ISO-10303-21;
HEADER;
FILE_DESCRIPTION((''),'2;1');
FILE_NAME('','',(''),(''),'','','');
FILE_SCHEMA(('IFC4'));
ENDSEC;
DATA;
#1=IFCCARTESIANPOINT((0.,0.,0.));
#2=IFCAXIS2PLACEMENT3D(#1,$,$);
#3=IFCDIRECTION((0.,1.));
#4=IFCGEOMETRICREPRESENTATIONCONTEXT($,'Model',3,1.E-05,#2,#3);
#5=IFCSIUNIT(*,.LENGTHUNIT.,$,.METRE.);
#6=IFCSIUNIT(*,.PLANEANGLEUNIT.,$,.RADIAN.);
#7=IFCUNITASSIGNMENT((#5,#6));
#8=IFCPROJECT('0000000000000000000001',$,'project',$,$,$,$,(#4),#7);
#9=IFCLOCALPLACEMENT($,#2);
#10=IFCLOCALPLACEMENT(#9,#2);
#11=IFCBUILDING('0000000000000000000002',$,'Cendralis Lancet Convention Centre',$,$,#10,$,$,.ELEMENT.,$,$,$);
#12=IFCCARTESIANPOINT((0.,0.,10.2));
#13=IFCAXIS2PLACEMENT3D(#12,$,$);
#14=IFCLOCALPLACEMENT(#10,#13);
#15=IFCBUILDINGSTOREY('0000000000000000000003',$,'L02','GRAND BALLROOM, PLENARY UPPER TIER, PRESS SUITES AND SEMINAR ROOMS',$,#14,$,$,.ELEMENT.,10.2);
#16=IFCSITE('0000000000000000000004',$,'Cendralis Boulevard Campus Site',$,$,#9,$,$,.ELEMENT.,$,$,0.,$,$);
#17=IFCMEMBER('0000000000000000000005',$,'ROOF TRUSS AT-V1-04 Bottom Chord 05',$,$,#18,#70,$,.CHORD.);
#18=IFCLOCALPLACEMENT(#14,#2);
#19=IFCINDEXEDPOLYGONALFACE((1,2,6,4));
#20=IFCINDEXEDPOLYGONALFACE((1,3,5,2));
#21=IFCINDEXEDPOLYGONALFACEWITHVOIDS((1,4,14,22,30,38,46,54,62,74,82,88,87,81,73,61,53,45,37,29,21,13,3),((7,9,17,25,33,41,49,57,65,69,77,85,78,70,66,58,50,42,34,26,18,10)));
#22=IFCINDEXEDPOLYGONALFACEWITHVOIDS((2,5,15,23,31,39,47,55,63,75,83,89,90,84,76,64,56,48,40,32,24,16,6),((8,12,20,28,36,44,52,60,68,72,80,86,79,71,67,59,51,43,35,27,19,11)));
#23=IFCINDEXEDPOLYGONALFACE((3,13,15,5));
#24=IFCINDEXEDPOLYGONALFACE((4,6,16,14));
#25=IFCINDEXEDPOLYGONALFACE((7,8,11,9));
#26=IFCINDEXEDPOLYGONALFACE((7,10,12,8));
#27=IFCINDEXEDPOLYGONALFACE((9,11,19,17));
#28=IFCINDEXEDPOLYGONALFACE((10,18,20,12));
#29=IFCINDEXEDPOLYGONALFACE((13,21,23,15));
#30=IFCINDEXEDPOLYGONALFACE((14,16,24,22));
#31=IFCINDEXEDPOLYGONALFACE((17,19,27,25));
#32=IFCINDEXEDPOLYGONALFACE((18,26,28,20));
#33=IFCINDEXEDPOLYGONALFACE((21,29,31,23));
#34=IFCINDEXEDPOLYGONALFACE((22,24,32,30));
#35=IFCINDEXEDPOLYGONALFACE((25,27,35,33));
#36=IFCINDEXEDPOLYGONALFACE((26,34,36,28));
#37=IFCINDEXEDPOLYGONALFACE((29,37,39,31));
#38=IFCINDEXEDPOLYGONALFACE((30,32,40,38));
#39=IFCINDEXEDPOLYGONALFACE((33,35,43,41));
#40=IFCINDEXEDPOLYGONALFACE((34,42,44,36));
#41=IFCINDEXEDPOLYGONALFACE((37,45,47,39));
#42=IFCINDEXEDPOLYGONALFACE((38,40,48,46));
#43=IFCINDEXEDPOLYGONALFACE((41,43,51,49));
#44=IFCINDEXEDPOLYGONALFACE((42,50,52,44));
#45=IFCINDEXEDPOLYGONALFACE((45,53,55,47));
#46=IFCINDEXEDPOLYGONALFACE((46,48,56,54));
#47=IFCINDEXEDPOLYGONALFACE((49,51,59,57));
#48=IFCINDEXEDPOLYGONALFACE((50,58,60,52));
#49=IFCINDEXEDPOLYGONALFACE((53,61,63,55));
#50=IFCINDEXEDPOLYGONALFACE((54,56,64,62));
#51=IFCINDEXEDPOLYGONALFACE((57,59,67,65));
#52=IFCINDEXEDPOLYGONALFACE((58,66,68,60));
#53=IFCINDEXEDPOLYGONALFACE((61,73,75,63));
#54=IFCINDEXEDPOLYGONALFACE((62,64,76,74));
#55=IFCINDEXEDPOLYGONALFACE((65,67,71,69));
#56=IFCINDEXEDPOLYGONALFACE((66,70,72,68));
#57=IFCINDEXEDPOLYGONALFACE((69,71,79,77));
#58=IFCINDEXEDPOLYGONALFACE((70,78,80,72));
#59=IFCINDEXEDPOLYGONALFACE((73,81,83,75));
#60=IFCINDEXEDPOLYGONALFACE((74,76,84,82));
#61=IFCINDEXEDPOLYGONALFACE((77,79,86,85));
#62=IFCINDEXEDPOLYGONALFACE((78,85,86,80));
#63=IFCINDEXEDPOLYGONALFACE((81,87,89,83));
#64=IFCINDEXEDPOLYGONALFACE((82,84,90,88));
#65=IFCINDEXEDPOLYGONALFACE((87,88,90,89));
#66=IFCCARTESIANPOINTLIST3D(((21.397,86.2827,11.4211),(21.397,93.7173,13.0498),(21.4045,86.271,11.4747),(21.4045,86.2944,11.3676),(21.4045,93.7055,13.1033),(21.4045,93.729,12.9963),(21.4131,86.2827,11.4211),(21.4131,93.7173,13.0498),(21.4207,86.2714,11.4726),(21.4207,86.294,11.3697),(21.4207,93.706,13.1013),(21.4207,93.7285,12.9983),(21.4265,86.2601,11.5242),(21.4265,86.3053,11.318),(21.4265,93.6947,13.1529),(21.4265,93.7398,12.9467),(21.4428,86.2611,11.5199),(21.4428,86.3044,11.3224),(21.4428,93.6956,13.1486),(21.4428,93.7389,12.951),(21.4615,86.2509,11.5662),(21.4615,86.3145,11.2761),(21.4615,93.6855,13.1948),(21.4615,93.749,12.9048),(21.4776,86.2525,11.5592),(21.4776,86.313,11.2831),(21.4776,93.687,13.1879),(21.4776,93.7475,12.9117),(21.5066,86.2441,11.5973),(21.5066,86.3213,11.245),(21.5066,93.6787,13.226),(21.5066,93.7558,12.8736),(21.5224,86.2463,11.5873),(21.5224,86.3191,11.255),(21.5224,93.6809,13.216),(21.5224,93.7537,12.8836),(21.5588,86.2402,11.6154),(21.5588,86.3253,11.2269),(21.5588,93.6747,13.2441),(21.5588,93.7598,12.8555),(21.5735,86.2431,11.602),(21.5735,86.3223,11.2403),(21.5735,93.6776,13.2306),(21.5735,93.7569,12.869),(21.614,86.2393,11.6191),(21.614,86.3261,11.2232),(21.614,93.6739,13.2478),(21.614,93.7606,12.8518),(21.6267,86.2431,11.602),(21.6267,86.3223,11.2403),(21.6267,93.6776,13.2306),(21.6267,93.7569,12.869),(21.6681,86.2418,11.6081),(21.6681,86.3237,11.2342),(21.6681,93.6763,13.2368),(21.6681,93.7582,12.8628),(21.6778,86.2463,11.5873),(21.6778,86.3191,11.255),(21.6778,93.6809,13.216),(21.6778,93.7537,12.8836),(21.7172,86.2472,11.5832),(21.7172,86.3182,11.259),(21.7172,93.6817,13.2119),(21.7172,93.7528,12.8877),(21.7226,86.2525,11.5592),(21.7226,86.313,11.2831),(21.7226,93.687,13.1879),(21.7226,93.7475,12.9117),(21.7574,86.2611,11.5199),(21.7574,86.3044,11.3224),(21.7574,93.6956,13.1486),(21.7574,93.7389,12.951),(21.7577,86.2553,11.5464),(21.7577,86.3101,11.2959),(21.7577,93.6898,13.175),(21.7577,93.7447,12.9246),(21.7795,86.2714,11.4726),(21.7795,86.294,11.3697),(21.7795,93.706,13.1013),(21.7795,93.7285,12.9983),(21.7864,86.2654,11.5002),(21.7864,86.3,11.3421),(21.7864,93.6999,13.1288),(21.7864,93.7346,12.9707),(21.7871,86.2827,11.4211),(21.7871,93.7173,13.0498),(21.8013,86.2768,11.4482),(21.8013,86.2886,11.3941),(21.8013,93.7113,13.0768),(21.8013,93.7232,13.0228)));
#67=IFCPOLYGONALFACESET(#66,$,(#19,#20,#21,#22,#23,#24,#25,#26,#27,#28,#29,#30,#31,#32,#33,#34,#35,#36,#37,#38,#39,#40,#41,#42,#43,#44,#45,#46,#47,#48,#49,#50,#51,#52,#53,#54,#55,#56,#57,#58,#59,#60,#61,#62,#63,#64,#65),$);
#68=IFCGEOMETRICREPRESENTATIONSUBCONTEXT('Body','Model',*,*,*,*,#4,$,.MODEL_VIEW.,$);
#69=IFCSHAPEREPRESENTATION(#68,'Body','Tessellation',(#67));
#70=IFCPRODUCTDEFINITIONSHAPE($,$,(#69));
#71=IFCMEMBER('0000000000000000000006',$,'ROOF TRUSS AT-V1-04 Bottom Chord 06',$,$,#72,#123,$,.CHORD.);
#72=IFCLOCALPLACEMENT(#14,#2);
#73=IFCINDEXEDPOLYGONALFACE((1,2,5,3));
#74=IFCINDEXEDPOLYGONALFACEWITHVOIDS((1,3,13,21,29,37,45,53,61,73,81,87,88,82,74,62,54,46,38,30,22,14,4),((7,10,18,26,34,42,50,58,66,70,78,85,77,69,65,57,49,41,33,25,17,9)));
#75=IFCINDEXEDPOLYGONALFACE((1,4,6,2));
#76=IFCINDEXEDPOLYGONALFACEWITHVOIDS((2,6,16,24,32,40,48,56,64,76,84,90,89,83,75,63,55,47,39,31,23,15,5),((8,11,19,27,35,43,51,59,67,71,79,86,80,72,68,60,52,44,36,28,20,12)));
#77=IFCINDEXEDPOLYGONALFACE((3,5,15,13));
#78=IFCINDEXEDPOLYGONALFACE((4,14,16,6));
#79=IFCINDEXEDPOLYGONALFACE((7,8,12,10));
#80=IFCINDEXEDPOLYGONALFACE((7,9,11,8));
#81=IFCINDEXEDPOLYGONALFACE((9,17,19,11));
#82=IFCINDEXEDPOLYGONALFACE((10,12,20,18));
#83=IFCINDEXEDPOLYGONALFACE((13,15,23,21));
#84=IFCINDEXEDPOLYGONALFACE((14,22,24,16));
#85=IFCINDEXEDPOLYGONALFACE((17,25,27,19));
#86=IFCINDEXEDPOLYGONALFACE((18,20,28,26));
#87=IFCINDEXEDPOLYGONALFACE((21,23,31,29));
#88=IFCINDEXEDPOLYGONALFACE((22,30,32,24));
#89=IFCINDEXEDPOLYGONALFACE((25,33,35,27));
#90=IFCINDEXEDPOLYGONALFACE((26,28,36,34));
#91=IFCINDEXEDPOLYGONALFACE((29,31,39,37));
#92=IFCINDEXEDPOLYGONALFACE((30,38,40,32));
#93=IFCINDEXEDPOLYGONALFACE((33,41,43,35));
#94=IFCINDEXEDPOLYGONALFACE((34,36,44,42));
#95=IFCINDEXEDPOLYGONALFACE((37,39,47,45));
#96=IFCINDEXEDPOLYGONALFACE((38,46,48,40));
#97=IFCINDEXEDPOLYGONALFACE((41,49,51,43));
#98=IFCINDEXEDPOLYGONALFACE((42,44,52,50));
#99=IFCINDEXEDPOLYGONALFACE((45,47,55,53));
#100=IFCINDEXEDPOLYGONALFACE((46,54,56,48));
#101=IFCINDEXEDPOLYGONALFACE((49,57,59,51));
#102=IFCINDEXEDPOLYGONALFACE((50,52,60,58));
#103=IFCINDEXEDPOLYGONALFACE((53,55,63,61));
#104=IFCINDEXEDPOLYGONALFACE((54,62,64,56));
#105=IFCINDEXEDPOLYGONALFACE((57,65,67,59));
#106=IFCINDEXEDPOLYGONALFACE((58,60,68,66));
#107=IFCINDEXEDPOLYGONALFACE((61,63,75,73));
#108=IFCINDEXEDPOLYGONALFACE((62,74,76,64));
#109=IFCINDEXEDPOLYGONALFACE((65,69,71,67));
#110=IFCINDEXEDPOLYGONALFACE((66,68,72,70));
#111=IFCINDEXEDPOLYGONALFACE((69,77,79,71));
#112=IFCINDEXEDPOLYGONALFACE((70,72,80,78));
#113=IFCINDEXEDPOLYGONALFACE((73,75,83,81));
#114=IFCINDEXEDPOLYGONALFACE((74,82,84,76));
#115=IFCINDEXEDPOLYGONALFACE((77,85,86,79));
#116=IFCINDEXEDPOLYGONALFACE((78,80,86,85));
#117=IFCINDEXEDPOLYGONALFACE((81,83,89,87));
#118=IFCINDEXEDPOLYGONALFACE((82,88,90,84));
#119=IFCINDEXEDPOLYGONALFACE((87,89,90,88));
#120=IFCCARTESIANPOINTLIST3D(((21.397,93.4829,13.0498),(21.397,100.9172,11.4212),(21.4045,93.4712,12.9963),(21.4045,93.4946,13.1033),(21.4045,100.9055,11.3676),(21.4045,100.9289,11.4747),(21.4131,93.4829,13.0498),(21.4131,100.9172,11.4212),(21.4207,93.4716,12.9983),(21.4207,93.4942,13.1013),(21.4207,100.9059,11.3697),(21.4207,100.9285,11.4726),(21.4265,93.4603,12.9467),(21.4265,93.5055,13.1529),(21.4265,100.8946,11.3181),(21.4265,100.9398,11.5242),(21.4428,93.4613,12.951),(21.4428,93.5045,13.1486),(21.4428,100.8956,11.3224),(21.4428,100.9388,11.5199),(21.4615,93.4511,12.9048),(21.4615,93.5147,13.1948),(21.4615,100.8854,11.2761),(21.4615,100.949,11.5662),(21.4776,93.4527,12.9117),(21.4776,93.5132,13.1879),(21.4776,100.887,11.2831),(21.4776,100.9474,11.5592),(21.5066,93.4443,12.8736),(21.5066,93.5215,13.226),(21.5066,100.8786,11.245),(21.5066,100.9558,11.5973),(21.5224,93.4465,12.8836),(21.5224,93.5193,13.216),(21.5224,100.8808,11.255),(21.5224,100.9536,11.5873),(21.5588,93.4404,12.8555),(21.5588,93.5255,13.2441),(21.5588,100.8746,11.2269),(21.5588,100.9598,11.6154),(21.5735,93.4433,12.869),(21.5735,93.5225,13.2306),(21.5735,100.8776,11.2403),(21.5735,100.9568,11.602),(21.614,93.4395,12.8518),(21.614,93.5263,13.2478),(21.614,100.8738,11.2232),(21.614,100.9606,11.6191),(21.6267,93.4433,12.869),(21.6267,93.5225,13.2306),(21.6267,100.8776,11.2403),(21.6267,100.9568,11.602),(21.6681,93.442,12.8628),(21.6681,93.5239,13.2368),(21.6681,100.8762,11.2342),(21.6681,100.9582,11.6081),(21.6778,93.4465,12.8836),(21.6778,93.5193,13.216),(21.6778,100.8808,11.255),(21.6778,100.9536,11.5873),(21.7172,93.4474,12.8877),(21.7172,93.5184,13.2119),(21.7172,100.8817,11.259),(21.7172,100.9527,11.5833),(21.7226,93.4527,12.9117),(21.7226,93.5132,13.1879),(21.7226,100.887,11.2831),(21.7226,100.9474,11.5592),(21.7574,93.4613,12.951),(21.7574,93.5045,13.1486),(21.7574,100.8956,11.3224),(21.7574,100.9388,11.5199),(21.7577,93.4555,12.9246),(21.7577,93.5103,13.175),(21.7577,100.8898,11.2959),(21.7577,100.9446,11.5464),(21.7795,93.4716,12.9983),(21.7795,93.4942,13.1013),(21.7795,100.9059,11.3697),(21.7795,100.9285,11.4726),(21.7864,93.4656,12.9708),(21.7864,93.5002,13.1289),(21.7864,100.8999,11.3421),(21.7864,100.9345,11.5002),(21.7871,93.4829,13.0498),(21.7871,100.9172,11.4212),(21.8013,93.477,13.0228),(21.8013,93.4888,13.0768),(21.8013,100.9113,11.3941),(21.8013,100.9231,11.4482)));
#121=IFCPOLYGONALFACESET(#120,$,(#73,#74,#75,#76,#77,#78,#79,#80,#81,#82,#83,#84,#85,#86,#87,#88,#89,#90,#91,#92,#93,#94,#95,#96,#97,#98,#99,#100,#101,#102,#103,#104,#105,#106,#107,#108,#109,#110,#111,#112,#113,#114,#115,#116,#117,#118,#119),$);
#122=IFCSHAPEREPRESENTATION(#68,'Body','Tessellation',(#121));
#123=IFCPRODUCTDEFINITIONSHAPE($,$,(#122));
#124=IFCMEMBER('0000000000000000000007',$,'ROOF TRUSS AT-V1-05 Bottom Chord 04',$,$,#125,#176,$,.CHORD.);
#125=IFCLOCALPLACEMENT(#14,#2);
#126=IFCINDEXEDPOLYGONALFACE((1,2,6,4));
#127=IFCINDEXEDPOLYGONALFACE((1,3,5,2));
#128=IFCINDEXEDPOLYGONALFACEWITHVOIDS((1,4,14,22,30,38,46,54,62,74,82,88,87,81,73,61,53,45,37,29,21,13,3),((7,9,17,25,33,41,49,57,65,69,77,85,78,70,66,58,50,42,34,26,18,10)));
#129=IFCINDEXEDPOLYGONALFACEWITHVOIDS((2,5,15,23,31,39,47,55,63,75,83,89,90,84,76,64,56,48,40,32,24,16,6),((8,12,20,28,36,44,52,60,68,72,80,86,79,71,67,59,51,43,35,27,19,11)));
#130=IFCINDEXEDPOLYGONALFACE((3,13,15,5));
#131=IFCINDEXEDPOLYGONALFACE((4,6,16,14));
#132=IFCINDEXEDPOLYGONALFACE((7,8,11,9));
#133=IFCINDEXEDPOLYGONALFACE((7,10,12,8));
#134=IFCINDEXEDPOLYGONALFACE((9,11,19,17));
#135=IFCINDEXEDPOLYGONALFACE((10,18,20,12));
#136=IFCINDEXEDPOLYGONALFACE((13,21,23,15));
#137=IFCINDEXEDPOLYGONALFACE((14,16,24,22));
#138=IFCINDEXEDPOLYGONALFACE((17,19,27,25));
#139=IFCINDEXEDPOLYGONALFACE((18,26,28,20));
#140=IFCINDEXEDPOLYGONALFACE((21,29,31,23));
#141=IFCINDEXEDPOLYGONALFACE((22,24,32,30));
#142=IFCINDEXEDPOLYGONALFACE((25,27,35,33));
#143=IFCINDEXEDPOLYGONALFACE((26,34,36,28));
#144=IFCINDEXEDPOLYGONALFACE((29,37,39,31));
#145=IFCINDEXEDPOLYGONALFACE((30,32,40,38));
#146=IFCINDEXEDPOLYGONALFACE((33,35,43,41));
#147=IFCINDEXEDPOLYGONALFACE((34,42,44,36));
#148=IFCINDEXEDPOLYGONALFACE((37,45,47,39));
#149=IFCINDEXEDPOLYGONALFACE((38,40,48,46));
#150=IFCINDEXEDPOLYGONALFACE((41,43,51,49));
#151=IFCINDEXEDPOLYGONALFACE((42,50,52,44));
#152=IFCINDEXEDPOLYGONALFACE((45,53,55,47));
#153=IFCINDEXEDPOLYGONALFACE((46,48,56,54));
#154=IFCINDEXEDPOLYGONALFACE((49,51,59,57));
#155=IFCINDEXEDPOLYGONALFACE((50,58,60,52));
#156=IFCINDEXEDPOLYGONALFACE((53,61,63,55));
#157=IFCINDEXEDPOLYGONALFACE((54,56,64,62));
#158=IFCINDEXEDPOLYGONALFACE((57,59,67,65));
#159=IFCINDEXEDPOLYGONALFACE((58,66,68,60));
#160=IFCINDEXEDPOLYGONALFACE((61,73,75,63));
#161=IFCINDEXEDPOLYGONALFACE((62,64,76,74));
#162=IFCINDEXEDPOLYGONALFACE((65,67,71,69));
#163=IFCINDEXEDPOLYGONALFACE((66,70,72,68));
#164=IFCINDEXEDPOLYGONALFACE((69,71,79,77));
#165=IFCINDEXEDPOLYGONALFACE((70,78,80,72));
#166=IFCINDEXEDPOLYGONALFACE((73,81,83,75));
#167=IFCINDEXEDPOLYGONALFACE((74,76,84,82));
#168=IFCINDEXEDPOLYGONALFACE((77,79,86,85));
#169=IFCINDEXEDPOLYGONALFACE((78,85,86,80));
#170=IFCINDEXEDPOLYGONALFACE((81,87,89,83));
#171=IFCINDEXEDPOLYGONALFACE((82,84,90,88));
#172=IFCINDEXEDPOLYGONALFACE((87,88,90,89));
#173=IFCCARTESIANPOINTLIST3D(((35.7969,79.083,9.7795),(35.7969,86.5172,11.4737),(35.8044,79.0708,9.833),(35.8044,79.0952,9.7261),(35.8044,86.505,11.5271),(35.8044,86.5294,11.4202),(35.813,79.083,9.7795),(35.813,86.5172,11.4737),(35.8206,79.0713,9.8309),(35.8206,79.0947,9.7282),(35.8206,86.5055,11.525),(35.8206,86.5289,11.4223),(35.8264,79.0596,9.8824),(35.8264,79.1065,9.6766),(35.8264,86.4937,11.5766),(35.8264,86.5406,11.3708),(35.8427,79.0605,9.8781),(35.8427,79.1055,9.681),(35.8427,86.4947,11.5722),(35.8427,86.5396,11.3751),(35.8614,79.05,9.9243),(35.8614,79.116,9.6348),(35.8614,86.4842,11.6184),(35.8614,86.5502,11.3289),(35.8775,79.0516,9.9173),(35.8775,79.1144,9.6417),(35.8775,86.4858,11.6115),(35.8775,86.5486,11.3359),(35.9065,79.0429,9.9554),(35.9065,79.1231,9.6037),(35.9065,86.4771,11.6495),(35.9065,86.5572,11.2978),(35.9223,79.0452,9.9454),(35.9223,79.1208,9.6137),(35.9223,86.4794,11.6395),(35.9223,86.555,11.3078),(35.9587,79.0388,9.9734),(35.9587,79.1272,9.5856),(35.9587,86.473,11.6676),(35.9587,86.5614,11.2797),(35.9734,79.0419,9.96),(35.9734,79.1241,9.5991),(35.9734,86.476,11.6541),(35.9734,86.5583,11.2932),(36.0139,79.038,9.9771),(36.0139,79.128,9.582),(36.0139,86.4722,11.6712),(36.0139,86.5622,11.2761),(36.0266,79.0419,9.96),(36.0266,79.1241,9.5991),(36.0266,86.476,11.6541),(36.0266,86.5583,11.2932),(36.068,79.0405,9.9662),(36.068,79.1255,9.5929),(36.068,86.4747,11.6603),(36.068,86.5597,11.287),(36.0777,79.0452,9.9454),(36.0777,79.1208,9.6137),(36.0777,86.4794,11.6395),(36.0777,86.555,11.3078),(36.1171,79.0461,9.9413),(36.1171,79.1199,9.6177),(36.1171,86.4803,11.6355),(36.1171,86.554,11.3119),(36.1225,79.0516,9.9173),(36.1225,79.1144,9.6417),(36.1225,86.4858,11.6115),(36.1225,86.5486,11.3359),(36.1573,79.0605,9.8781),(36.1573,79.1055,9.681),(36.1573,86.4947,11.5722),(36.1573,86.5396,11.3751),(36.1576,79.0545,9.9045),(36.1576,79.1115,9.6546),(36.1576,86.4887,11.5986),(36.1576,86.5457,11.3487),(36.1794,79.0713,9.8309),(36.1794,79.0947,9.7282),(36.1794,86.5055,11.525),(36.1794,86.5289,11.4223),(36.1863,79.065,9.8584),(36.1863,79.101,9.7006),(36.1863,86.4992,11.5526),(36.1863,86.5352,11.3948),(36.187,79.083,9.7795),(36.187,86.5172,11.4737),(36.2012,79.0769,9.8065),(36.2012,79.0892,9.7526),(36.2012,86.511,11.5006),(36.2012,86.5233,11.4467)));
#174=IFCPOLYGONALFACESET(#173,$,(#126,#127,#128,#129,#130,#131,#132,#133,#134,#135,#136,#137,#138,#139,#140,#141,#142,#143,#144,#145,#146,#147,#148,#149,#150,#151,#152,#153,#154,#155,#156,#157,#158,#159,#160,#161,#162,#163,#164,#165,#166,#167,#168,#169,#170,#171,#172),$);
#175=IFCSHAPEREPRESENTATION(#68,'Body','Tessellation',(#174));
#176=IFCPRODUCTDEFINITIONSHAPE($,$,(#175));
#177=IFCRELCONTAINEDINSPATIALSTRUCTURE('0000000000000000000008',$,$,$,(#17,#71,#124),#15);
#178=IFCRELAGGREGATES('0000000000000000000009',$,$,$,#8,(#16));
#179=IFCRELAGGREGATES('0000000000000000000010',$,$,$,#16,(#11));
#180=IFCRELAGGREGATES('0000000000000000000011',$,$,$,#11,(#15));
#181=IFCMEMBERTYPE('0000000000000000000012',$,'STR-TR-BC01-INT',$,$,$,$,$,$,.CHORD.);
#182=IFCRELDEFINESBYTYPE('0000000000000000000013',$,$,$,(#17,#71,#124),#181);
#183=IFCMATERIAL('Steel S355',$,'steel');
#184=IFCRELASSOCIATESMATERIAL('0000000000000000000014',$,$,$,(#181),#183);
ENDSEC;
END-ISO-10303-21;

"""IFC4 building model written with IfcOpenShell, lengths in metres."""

from ifc_helpers import new_model, si_unit, direction, frame, origin, origin_2d, place, context, subcontext, project, spatial, hollow_circle, extrude, material, material_profile, profile_set, type_object, element, save


model = new_model("IFC4")

# Units and contexts
model_context = context("Model", 3, precision=1e-05, world=origin(), true_north=direction((0.0, 1.0)))
body_context = subcontext(model_context, "Body", "Model", "MODEL_VIEW")
ifc_project = project(units=[si_unit("LENGTHUNIT", "METRE"), si_unit("PLANEANGLEUNIT", "RADIAN")], contexts=[model_context])

# Site, building, storey
site_placement = place(None, origin())
site = spatial("IfcSite", under=ifc_project, at=site_placement, Name="Cendralis Boulevard Campus Site", CompositionType="ELEMENT", RefElevation=0.0)
building_placement = place(site_placement, origin())
building = spatial("IfcBuilding", under=site, at=building_placement, Name="Cendralis Lancet Convention Centre", CompositionType="ELEMENT")
storey_placement = place(building_placement, frame((0.0, 0.0, 10.2)))
storey = spatial("IfcBuildingStorey", under=building, at=storey_placement, Name="L02", Description="GRAND BALLROOM, PLENARY UPPER TIER, PRESS SUITES AND SEMINAR ROOMS", CompositionType="ELEMENT", Elevation=10.2)

# Members
ifc_material = material(Name="Steel S355", Category="steel")
ifc_material_profile_1 = material_profile(ifc_material, hollow_circle(Radius=0.2031, WallThickness=0.0161, at=origin_2d()), Name="CHS 406.4x16.0")
ifc_profile_set_1 = profile_set([ifc_material_profile_1], Name="Steel S355")
member_type_1 = type_object("IfcMemberType", Name="STR-TR-BC01-INT", PredefinedType="CHORD", material=ifc_profile_set_1)
member_1_placement = place(storey_placement, frame((21.6001, 86.2827, 11.4211), z_axis=(0.0, 0.976836, 0.213992), x_axis=(-1.0, 0.0, 0.0)))
element("IfcMember", 1, at=member_1_placement, inside=storey, type_object=member_type_1, Name="ROOF TRUSS AT-V1-04 Bottom Chord 05", PredefinedType="CHORD", context=body_context, shape_type="SweptSolid", body=[
    extrude(hollow_circle(Radius=0.2031, WallThickness=0.0161, at=origin_2d()), origin(), (0.0, 0.0, 1.0), 7.6108),
])
member_2_placement = place(storey_placement, frame((21.6001, 93.4829, 13.0498), z_axis=(0.0, 0.976834, -0.213998), x_axis=(-1.0, 0.0, 0.0)))
element("IfcMember", 2, at=member_2_placement, inside=storey, type_object=member_type_1, Name="ROOF TRUSS AT-V1-04 Bottom Chord 06", PredefinedType="CHORD", context=body_context, shape_type="SweptSolid", body=[
    extrude(hollow_circle(Radius=0.2031, WallThickness=0.0161, at=origin_2d()), origin(), (0.0, 0.0, 1.0), 7.6106),
])
member_3_placement = place(storey_placement, frame((36.0, 79.083, 9.7795), z_axis=(0.0, 0.975004, 0.222186), x_axis=(-1.0, 0.0, 0.0)))
element("IfcMember", 3, at=member_3_placement, inside=storey, type_object=member_type_1, Name="ROOF TRUSS AT-V1-05 Bottom Chord 04", PredefinedType="CHORD", context=body_context, shape_type="SweptSolid", body=[
    extrude(hollow_circle(Radius=0.2031, WallThickness=0.0161, at=origin_2d()), origin(), (0.0, 0.0, 1.0), 7.6248),
])

save(model, "model.ifc")
